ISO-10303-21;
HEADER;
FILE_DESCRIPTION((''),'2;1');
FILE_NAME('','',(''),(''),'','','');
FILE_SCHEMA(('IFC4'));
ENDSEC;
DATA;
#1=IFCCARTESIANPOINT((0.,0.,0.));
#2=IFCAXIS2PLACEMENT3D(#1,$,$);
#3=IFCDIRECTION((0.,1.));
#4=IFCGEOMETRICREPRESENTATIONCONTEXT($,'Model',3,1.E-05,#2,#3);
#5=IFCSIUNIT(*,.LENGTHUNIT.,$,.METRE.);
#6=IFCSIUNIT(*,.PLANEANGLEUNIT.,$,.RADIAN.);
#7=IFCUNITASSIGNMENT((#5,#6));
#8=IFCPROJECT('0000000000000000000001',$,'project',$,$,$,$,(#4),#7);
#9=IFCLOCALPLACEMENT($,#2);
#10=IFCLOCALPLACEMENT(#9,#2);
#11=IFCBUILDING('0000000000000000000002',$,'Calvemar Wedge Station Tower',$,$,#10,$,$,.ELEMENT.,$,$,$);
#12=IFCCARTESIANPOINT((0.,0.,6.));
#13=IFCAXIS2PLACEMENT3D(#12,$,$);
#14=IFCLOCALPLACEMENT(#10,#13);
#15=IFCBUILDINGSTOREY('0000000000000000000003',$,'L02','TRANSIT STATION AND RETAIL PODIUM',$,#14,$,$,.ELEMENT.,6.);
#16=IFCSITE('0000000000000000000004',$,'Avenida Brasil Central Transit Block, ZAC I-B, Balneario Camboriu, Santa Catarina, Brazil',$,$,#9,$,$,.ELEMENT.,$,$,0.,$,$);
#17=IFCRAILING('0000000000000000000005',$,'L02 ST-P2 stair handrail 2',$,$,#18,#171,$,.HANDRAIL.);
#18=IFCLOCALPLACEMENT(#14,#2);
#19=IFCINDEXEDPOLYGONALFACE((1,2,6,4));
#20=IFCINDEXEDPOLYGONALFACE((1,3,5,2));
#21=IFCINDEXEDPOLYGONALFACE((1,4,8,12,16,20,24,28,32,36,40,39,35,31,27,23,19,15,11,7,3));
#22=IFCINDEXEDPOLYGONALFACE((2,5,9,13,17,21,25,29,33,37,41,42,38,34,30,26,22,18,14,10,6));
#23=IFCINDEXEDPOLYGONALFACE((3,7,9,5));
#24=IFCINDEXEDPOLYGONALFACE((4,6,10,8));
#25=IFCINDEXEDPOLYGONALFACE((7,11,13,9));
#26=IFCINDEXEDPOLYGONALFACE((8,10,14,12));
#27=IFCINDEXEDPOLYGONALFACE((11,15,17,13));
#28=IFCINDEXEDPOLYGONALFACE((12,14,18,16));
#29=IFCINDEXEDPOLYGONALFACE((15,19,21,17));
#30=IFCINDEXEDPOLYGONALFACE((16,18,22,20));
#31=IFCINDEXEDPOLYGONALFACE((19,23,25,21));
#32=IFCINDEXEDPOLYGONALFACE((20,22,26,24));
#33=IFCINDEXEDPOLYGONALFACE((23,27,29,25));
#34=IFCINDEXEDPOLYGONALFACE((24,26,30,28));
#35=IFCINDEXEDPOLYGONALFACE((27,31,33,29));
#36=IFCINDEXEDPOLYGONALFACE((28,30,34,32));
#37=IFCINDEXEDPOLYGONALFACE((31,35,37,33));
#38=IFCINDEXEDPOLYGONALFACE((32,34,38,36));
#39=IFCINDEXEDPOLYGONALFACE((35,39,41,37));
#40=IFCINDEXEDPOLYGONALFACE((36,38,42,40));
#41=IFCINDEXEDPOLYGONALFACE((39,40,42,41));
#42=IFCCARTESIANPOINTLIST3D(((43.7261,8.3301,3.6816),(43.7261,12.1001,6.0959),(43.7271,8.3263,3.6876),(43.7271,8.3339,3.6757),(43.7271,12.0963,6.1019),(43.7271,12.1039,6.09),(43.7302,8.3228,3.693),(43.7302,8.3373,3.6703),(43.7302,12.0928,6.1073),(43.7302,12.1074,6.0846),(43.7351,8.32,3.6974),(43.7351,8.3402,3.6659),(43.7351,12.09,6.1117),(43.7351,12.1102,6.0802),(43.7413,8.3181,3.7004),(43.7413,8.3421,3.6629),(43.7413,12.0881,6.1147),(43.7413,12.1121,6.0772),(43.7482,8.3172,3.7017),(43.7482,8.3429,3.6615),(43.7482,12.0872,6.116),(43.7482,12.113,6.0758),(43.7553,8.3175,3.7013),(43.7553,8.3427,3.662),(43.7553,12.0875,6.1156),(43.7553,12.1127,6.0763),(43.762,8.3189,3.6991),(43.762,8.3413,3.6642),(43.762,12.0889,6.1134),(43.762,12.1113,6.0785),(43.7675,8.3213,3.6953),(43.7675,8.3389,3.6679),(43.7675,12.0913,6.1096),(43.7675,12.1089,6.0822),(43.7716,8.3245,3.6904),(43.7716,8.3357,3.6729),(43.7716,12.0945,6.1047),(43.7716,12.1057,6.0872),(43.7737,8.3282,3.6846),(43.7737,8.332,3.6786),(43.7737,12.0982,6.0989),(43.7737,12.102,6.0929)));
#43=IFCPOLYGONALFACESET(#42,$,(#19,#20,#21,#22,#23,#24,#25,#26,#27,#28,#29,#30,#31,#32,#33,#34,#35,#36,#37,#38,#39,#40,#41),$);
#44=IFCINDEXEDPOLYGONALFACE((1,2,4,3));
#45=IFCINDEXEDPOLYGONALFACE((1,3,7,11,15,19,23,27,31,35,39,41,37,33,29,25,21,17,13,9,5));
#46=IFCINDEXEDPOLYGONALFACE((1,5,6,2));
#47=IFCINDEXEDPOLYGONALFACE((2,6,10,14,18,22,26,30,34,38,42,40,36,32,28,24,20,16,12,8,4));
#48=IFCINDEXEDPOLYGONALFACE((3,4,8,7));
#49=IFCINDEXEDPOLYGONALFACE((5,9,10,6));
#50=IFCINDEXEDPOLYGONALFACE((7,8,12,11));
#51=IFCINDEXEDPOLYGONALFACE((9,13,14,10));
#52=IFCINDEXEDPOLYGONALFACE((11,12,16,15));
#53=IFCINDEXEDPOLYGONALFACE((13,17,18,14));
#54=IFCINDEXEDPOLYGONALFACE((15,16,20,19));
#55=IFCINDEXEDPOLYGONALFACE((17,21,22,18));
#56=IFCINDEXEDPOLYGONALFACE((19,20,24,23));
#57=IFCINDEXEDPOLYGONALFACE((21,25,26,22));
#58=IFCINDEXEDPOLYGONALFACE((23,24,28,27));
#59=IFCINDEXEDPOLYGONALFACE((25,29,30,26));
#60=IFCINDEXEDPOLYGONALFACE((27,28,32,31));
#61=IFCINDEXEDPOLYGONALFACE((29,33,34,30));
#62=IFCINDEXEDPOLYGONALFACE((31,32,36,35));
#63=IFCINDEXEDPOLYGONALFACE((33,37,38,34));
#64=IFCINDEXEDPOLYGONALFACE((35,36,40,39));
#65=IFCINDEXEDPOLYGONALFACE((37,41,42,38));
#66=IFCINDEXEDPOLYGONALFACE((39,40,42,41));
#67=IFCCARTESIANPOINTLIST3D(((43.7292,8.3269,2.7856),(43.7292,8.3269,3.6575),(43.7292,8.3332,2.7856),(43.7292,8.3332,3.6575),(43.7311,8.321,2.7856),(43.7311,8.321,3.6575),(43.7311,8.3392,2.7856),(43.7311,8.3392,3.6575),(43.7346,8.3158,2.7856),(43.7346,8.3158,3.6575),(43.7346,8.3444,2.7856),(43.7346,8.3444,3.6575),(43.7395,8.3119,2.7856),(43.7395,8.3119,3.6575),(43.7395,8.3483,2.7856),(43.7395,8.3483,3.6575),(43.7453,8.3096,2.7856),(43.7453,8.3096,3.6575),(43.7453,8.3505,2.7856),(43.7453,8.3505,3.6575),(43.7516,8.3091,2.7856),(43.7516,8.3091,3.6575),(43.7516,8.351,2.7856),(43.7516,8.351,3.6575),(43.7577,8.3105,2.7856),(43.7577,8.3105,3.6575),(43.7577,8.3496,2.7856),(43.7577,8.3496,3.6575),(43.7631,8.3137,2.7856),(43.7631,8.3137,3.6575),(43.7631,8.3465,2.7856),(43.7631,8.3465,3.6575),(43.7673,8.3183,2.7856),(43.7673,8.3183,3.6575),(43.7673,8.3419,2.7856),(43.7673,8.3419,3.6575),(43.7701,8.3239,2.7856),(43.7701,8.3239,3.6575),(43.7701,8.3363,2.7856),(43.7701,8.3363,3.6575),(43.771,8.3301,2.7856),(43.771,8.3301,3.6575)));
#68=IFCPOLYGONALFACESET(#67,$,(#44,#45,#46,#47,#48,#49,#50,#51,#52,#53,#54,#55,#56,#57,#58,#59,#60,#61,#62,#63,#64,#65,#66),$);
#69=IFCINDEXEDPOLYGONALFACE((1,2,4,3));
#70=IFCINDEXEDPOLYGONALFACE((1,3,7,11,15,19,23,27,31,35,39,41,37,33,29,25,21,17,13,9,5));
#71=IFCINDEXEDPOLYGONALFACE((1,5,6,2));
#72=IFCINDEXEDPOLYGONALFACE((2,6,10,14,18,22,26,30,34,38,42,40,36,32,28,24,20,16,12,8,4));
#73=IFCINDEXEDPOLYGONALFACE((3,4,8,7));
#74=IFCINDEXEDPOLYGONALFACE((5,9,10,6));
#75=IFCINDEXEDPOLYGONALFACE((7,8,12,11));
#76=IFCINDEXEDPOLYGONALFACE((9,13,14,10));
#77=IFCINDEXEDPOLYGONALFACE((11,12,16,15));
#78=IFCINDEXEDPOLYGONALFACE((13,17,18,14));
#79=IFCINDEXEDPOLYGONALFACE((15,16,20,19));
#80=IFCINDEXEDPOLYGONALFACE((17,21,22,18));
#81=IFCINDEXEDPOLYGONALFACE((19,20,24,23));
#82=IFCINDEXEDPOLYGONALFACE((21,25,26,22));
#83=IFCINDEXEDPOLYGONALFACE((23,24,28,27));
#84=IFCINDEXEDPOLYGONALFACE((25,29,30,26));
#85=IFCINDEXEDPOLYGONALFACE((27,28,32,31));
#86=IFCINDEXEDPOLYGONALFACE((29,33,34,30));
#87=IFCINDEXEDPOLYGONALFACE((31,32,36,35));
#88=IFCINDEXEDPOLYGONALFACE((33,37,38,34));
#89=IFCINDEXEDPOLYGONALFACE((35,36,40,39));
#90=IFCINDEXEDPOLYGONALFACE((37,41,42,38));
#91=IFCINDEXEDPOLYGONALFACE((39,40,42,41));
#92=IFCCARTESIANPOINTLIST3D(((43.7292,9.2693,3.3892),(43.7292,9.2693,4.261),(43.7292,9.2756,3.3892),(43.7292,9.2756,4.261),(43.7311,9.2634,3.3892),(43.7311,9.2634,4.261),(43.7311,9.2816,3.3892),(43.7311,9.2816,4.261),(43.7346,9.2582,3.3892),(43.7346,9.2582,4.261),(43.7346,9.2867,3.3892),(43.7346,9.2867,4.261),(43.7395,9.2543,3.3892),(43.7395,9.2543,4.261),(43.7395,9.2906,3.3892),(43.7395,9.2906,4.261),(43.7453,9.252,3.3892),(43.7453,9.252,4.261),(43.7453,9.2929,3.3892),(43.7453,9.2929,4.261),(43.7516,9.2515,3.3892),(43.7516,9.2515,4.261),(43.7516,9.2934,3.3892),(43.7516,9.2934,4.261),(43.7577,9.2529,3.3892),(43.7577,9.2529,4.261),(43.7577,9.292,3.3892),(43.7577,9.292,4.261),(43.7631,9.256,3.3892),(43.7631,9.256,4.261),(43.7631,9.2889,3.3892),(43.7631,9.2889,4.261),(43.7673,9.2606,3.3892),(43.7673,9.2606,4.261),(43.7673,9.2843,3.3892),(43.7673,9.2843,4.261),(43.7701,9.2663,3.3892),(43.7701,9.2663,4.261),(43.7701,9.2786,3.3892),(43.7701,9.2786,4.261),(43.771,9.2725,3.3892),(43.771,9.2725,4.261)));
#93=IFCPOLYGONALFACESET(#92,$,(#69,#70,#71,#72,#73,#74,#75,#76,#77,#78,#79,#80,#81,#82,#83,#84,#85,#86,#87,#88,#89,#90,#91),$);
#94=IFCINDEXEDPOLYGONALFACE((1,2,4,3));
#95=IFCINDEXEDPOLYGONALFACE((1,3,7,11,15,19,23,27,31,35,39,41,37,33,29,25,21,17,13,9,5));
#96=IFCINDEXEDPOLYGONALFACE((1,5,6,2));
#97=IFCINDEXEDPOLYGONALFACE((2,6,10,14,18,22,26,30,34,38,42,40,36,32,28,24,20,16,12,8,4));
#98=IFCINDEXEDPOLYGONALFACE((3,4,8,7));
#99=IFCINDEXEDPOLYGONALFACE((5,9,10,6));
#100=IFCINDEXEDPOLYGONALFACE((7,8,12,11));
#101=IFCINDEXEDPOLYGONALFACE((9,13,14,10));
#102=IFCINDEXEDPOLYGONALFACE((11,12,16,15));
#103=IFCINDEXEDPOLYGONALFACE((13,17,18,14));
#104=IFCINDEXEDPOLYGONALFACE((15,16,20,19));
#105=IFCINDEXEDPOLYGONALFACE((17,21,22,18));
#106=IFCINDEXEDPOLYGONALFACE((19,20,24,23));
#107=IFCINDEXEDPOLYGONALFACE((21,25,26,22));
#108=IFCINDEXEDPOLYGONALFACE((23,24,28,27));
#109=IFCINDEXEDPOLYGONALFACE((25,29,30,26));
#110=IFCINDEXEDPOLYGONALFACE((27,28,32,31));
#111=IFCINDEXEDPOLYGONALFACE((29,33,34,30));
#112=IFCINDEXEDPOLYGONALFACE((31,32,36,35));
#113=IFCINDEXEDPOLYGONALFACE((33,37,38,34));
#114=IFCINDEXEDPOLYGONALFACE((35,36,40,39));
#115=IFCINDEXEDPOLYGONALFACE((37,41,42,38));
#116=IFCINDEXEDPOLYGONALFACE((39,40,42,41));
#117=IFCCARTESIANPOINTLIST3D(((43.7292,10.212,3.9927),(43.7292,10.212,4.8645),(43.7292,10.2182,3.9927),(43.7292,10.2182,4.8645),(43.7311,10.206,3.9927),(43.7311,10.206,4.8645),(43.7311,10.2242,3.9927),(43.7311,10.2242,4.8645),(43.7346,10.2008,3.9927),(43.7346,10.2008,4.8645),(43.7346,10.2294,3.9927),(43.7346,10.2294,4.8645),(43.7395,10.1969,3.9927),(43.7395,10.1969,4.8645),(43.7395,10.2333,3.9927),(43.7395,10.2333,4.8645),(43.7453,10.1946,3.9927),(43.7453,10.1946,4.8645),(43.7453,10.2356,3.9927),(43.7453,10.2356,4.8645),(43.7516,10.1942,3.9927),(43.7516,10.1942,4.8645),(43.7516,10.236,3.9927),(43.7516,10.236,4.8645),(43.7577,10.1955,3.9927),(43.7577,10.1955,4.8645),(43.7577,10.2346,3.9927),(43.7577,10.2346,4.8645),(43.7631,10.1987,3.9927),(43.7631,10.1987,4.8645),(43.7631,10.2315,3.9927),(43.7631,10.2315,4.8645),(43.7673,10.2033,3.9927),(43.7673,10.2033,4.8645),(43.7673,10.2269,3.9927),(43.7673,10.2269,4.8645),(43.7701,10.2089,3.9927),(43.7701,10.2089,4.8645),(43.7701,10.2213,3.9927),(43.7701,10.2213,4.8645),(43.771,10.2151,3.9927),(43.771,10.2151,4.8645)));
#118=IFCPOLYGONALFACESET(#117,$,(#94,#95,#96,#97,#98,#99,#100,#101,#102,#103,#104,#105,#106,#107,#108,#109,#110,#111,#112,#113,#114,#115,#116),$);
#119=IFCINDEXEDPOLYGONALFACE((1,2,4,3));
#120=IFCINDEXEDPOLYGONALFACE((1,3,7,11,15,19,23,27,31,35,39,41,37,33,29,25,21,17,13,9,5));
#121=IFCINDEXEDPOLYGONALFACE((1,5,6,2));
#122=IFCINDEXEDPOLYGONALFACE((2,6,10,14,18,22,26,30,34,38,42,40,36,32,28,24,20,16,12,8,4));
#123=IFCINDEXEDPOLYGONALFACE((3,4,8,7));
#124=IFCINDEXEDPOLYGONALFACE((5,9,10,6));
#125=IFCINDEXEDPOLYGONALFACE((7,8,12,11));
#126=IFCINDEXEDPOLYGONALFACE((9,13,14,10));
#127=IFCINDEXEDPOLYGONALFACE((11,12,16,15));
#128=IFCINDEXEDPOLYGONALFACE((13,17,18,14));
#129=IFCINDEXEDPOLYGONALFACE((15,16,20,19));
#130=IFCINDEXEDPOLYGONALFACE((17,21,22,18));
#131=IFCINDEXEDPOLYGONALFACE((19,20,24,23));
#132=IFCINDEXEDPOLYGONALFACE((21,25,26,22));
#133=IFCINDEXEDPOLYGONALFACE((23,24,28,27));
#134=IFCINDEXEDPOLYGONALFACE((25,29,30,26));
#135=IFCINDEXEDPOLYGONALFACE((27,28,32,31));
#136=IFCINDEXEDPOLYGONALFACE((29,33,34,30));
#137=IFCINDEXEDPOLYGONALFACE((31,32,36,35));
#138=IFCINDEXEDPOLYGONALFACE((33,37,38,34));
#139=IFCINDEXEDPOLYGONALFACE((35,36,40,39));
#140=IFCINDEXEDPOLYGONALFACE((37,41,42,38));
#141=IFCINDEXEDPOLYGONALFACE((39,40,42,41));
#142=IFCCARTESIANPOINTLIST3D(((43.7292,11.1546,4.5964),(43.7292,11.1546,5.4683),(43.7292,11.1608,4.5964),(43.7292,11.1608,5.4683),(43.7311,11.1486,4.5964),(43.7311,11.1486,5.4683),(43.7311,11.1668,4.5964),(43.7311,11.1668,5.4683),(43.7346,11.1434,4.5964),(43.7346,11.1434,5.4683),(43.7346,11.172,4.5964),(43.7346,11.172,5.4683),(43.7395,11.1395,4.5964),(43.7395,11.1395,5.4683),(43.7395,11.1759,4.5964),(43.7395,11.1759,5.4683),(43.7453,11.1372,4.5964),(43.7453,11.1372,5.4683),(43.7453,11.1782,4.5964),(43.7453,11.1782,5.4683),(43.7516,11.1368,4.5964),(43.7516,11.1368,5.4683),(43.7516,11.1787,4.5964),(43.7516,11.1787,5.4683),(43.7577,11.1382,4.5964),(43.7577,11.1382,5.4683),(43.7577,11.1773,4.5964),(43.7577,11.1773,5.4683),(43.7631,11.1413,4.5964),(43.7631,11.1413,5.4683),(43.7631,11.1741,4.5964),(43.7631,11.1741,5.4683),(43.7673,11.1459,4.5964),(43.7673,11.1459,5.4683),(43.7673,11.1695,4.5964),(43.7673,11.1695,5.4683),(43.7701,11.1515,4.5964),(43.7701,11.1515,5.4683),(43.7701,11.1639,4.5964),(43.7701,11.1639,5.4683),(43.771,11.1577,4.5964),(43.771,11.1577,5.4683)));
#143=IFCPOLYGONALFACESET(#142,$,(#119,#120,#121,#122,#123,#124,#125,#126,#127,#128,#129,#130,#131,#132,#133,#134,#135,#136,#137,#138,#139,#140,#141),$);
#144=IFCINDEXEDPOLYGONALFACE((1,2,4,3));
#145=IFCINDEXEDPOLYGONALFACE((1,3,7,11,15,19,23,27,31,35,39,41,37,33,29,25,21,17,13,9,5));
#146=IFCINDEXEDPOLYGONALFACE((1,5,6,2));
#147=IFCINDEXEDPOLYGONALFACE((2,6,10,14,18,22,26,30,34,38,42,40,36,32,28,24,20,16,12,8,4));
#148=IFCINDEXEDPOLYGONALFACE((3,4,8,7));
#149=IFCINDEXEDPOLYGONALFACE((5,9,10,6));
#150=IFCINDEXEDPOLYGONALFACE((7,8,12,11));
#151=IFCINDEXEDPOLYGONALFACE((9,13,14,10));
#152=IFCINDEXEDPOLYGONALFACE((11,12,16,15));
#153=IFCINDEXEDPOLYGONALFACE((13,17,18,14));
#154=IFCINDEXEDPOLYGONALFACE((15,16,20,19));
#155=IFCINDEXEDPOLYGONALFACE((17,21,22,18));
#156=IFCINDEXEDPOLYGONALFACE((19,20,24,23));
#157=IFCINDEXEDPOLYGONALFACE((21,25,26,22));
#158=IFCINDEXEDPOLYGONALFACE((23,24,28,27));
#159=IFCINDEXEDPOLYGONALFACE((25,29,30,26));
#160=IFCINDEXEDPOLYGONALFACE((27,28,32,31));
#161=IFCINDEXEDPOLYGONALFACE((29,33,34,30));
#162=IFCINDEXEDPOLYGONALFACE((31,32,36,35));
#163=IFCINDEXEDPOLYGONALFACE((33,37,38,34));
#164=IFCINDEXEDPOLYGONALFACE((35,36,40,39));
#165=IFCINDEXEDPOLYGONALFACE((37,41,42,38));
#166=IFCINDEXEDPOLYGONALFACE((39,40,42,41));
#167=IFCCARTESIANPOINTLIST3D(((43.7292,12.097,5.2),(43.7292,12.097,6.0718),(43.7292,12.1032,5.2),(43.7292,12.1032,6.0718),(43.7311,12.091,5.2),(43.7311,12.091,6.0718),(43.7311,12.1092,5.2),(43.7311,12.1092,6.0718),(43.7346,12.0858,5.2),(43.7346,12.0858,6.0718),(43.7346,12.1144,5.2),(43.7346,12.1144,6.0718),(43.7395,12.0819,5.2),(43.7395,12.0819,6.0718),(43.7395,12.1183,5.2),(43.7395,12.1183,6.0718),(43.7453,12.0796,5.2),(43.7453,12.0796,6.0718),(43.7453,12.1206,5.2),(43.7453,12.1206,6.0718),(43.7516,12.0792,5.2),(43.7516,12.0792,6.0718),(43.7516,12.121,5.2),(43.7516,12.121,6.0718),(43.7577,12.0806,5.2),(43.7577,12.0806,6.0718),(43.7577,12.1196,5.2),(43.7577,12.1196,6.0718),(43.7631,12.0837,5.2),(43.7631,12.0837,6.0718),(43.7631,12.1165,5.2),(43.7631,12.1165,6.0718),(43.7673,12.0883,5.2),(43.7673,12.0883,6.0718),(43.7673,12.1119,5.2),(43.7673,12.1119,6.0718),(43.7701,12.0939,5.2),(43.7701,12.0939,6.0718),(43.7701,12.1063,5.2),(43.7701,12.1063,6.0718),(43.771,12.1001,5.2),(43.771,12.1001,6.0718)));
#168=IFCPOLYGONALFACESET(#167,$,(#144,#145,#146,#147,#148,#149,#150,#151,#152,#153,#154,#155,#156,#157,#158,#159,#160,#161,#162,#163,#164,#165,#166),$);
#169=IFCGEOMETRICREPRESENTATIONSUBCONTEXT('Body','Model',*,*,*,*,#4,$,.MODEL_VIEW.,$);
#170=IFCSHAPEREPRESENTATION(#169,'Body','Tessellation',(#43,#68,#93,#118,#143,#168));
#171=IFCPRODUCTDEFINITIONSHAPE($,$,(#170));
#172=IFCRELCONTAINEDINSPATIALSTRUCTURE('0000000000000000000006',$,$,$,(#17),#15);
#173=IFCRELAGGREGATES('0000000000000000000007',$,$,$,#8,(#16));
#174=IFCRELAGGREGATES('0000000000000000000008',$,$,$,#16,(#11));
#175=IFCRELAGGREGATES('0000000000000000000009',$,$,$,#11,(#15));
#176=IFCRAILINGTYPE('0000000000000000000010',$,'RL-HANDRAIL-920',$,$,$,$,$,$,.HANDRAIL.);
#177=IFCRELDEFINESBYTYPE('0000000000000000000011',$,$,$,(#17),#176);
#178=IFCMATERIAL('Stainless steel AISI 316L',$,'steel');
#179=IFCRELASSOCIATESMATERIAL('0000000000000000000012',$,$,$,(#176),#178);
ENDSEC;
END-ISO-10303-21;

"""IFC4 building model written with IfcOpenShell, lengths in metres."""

from ifc_helpers import new_model, si_unit, direction, frame, origin, origin_2d, place, context, subcontext, project, spatial, circle, extrude, material, type_object, element, save


model = new_model("IFC4")

# Units and contexts
model_context = context("Model", 3, precision=1e-05, world=origin(), true_north=direction((0.0, 1.0)))
body_context = subcontext(model_context, "Body", "Model", "MODEL_VIEW")
ifc_project = project(units=[si_unit("LENGTHUNIT", "METRE"), si_unit("PLANEANGLEUNIT", "RADIAN")], contexts=[model_context])

# Site, building, storey
site_placement = place(None, origin())
site = spatial("IfcSite", under=ifc_project, at=site_placement, Name="Avenida Brasil Central Transit Block, ZAC I-B, Balneario Camboriu, Santa Catarina, Brazil", CompositionType="ELEMENT", RefElevation=0.0)
building_placement = place(site_placement, origin())
building = spatial("IfcBuilding", under=site, at=building_placement, Name="Calvemar Wedge Station Tower", CompositionType="ELEMENT")
storey_placement = place(building_placement, frame((0.0, 0.0, 6.0)))
storey = spatial("IfcBuildingStorey", under=building, at=storey_placement, Name="L02", Description="TRANSIT STATION AND RETAIL PODIUM", CompositionType="ELEMENT", Elevation=6.0)

# Railing
ifc_material_1 = material(Name="Stainless steel AISI 316L", Category="steel")
railing_type_1 = type_object("IfcRailingType", Name="RL-HANDRAIL-920", PredefinedType="HANDRAIL", material=ifc_material_1)
railing_1_placement = place(storey_placement, frame((43.75, 8.3301, 2.7856)))
element("IfcRailing", 1, at=railing_1_placement, inside=storey, type_object=railing_type_1, Name="L02 ST-P2 stair handrail 2", PredefinedType="HANDRAIL", context=body_context, shape_type="SweptSolid", body=[
    extrude(circle(Radius=0.0239, at=origin_2d()), frame((0.0, 0.0, 0.896), z_axis=(0.0, 0.84212, 0.53929), x_axis=(-1.0, 0.0, 0.0)), (0.0, 0.0, 1.0), 4.4768),
    extrude(circle(Radius=0.021, at=origin_2d()), origin(), (0.0, 0.0, 1.0), 0.8718),
    extrude(circle(Radius=0.021, at=origin_2d()), frame((0.0, 0.9424, 0.6035)), (0.0, 0.0, 1.0), 0.8718),
    extrude(circle(Radius=0.021, at=origin_2d()), frame((0.0, 1.885, 1.207)), (0.0, 0.0, 1.0), 0.8718),
    extrude(circle(Radius=0.021, at=origin_2d()), frame((0.0, 2.8276, 1.8108)), (0.0, 0.0, 1.0), 0.8718),
    extrude(circle(Radius=0.021, at=origin_2d()), frame((0.0, 3.77, 2.4143)), (0.0, 0.0, 1.0), 0.8718),
])

save(model, "model.ifc")
